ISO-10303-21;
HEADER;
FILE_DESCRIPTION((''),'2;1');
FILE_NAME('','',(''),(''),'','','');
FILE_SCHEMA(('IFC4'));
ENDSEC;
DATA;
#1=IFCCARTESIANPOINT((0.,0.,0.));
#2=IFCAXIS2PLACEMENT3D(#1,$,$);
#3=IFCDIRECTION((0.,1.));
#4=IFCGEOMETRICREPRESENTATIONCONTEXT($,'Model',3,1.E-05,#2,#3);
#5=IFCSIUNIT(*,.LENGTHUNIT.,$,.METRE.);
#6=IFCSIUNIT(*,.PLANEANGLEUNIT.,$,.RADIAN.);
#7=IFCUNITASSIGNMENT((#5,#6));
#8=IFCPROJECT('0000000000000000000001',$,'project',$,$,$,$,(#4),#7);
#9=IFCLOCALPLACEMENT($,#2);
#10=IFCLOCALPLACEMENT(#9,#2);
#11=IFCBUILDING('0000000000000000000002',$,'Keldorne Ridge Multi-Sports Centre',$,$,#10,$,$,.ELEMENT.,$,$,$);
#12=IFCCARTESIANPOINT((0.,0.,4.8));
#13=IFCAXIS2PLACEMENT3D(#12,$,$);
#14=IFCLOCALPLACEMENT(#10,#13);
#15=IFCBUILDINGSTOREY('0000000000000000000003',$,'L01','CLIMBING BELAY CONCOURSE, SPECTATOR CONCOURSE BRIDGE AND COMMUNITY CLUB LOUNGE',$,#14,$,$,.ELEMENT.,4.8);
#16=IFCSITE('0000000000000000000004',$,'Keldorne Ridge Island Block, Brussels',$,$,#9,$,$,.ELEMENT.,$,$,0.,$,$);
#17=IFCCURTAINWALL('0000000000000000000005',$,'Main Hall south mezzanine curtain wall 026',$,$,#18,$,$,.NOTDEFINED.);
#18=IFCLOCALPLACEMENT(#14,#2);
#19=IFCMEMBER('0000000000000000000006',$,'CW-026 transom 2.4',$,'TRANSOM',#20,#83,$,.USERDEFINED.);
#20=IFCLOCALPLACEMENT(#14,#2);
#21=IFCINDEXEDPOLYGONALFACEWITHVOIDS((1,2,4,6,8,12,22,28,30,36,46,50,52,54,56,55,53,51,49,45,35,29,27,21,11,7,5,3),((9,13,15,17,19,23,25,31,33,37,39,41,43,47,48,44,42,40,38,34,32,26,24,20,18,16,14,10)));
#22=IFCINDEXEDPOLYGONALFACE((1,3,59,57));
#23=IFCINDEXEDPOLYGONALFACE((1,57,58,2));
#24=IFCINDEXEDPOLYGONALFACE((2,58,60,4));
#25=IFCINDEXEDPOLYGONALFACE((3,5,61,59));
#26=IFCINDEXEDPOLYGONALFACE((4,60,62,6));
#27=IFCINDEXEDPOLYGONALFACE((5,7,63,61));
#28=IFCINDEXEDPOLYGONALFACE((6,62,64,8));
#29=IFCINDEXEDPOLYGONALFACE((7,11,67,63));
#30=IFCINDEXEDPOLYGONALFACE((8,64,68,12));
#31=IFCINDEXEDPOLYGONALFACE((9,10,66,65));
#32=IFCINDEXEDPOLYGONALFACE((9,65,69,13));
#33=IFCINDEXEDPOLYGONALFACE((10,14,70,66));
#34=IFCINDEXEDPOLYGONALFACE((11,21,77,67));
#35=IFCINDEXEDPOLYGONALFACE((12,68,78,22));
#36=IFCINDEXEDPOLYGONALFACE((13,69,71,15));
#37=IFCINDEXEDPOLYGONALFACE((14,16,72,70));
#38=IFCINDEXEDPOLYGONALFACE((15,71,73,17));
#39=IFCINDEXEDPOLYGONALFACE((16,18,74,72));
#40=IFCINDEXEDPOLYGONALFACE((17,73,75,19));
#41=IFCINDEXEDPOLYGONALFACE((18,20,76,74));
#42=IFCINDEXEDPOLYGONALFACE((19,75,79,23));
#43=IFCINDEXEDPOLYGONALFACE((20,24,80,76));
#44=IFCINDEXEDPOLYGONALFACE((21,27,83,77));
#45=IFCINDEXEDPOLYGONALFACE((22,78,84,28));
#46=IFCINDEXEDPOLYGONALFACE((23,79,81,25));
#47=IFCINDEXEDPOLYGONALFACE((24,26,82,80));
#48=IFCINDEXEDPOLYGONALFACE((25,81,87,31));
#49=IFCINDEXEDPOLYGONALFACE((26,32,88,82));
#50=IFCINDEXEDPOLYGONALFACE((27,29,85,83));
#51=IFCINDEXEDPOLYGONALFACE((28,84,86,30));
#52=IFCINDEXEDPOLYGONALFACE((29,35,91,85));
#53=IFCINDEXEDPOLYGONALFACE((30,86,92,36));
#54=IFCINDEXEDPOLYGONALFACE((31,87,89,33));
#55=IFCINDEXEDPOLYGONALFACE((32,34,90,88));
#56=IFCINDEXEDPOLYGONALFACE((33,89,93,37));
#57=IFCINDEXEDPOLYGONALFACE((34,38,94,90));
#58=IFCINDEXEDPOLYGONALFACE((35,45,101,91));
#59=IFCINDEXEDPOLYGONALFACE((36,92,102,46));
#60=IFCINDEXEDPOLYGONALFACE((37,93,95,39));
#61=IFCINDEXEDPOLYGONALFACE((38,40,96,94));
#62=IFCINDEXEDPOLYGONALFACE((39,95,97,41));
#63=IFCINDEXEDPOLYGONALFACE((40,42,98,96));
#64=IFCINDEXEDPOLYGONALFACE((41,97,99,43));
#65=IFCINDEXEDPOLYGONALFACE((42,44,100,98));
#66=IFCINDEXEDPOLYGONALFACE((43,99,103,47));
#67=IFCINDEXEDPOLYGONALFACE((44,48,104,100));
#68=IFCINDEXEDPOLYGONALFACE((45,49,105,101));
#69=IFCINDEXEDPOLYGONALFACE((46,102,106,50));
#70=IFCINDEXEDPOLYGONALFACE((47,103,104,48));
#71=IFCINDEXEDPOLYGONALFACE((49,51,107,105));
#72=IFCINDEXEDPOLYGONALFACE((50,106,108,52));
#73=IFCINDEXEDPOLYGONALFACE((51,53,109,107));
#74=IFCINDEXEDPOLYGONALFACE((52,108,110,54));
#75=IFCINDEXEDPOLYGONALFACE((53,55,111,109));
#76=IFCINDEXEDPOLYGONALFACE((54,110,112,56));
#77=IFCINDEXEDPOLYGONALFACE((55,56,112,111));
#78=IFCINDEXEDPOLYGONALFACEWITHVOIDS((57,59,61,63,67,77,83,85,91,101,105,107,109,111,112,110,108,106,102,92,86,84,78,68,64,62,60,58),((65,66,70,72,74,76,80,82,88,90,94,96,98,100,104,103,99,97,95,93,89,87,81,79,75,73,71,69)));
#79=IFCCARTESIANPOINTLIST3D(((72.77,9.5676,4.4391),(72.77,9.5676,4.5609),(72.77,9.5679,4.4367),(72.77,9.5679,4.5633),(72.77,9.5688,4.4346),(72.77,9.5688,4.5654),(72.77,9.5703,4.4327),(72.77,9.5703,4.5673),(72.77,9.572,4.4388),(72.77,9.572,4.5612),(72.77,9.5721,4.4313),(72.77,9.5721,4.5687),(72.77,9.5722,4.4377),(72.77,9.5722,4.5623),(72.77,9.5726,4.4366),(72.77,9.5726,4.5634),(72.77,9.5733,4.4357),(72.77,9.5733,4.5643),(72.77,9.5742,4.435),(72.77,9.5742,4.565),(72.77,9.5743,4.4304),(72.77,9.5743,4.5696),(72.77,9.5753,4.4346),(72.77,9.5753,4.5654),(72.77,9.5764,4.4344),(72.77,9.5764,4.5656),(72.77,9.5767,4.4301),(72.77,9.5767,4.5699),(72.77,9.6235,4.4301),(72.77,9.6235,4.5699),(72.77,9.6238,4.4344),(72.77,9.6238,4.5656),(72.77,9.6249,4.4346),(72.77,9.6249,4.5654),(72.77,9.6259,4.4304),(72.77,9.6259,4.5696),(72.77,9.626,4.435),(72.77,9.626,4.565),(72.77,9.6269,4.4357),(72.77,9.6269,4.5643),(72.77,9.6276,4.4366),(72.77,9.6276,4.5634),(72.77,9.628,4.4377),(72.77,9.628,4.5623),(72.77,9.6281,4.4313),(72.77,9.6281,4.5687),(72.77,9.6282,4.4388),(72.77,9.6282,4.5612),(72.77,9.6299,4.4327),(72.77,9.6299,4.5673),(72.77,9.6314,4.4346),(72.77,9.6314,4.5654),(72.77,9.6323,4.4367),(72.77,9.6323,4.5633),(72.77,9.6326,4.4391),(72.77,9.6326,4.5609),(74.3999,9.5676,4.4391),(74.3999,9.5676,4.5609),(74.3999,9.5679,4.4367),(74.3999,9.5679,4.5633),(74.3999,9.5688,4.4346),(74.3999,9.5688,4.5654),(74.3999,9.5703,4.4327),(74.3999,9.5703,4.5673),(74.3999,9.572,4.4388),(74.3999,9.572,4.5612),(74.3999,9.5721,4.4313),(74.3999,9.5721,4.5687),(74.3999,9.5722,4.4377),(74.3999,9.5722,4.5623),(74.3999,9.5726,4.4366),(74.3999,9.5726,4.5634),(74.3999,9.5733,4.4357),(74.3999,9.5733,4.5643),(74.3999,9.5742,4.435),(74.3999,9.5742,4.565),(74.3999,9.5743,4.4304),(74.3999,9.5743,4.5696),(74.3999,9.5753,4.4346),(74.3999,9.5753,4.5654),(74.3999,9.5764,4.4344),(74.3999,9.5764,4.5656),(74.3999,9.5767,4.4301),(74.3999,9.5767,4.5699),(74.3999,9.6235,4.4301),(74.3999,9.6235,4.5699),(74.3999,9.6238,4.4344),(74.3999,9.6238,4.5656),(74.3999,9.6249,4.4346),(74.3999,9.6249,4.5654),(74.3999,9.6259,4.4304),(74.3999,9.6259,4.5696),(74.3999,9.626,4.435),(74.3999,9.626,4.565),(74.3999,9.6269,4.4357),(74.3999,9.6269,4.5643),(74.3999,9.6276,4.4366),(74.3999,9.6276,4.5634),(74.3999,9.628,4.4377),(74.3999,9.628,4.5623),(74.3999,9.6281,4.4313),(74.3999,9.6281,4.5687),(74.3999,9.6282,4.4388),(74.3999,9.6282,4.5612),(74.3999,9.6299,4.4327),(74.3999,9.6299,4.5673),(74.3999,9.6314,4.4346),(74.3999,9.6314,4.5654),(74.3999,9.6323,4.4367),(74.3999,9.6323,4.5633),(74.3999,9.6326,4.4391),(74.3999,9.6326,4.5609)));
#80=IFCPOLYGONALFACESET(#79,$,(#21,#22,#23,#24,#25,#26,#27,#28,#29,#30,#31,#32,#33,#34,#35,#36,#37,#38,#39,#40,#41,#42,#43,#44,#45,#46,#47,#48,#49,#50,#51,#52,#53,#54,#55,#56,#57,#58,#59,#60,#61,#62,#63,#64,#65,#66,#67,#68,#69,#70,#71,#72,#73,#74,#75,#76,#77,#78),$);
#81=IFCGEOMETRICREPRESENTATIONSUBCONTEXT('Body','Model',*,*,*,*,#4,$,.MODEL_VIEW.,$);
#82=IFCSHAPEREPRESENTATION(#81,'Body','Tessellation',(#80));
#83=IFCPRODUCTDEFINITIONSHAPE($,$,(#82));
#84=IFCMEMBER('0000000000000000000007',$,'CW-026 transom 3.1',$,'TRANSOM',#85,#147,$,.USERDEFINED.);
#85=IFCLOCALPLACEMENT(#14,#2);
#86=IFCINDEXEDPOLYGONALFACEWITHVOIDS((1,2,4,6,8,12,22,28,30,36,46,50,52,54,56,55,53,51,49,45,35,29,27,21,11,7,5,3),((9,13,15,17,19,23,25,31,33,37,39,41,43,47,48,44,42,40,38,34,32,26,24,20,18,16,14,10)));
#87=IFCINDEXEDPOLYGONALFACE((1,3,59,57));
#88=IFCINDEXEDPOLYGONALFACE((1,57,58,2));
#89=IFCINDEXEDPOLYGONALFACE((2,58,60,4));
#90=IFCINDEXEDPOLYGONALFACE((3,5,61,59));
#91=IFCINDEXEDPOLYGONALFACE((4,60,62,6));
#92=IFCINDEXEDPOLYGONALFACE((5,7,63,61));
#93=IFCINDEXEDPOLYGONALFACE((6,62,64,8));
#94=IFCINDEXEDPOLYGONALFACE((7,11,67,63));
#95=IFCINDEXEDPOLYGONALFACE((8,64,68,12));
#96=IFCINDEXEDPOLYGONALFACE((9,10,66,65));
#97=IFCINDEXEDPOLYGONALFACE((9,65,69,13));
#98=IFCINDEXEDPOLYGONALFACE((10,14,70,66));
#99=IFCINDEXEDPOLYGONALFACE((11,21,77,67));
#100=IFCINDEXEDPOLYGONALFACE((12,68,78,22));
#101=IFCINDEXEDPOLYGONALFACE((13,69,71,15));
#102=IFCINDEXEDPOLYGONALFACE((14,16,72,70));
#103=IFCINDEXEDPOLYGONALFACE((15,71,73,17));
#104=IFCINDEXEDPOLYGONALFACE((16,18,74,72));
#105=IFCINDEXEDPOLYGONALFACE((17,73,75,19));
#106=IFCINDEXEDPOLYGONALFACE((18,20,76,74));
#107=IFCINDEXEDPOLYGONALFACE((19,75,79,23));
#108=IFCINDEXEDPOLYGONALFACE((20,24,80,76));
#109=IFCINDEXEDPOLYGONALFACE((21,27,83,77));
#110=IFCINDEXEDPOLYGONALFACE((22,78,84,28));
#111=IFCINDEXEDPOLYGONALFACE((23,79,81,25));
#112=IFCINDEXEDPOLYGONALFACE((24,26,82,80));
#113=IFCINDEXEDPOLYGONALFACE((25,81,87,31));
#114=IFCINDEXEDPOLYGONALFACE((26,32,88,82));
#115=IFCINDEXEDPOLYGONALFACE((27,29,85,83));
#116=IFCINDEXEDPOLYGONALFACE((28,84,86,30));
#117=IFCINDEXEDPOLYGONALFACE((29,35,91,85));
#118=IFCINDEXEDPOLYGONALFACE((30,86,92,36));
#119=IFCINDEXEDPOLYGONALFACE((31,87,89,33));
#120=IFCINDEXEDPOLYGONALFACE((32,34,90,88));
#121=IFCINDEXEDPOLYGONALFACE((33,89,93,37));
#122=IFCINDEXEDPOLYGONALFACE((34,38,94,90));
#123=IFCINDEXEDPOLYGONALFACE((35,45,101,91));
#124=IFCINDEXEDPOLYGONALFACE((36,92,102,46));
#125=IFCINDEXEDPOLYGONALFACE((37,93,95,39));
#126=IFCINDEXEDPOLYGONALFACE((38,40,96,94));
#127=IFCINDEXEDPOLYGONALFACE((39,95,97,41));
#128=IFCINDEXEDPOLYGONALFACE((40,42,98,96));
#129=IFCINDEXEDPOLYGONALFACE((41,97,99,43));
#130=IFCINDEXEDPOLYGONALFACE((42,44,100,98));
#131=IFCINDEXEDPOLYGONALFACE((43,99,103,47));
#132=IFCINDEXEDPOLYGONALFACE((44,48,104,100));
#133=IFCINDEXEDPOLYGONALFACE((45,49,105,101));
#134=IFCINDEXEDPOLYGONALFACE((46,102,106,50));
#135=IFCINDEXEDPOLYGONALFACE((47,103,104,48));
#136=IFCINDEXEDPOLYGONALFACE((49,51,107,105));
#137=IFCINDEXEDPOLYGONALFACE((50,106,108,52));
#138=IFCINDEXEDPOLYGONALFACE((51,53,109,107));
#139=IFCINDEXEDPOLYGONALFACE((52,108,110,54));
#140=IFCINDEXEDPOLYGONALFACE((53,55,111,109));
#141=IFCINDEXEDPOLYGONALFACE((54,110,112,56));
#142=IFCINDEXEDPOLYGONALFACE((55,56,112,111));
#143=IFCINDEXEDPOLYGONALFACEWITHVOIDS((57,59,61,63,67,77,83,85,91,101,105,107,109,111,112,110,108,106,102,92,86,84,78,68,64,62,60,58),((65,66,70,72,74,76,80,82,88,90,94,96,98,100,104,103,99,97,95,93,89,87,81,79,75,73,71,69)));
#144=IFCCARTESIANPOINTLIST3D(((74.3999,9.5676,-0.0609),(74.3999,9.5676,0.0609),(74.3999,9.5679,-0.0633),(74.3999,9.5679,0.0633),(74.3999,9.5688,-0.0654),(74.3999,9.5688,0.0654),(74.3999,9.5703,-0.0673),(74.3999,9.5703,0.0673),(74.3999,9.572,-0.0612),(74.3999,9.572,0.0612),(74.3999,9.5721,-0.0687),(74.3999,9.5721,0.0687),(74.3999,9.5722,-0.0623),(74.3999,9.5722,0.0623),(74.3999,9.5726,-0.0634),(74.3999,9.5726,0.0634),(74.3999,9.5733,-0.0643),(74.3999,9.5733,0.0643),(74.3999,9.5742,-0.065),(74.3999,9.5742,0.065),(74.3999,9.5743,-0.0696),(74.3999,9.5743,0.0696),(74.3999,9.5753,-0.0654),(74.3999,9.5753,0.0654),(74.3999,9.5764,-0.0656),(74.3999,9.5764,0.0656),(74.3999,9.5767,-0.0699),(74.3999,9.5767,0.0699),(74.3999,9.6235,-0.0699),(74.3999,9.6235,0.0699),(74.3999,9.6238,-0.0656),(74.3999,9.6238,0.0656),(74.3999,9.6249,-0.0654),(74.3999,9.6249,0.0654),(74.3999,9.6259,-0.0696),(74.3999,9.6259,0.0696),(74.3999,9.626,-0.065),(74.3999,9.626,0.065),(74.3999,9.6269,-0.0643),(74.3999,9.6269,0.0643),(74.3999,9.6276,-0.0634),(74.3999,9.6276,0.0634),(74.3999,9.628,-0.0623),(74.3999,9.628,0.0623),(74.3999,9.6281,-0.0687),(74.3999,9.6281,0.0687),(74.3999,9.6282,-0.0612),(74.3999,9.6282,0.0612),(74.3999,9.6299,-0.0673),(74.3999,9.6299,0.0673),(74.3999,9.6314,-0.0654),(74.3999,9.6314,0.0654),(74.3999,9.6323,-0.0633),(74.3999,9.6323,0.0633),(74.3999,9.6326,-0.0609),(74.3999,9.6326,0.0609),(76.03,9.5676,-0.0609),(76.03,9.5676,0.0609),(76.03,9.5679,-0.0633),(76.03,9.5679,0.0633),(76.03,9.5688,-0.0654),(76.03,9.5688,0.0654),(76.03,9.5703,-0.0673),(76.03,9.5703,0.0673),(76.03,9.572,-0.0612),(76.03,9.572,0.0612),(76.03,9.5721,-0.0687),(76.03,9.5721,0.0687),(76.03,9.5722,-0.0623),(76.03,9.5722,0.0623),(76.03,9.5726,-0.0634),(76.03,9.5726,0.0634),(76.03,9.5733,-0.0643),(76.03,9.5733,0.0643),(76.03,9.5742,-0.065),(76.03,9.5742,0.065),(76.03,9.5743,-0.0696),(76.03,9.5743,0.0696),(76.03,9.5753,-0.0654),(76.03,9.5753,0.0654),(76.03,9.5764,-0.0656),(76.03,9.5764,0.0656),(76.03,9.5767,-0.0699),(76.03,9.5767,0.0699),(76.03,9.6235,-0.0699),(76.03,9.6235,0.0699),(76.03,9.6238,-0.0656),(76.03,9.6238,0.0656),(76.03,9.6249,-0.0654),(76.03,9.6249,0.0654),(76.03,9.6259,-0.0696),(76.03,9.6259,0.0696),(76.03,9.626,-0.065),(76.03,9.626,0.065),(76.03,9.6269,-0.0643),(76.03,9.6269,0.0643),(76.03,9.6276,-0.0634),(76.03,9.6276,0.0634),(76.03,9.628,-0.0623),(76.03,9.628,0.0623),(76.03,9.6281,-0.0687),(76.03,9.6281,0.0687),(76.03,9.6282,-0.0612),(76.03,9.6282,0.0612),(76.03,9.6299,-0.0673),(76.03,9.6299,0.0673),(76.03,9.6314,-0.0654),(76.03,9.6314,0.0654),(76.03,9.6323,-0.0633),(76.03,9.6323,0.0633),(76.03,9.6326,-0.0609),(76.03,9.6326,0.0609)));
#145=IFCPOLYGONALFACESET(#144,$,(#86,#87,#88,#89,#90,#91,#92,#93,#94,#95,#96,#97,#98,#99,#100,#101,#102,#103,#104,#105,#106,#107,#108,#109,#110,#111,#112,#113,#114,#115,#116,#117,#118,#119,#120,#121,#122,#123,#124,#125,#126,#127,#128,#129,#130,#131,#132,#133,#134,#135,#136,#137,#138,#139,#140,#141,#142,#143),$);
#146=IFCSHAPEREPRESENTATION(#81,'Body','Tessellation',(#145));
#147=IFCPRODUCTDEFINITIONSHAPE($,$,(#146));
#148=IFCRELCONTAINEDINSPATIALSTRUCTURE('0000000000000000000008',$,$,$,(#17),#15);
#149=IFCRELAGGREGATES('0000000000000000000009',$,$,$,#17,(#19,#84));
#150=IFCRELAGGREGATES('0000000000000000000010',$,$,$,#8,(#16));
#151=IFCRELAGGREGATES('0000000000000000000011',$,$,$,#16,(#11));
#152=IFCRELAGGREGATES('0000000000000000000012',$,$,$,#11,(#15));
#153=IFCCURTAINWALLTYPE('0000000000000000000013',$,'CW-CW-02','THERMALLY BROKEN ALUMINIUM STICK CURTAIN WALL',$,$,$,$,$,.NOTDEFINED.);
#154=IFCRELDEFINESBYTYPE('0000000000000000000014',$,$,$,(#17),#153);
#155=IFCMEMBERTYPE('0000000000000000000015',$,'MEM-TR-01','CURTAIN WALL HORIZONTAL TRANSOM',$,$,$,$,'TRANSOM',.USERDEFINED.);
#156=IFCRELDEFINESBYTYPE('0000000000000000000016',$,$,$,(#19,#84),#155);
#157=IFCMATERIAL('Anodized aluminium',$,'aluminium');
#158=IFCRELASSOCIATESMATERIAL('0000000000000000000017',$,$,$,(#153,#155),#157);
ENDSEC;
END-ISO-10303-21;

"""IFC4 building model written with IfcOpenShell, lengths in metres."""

from ifc_helpers import new_model, si_unit, direction, frame, origin, origin_2d, place, context, subcontext, project, spatial, hollow_rectangle, extrude, material, material_profile, profile_set, type_object, element, aggregate, save


model = new_model("IFC4")

# Units and contexts
model_context = context("Model", 3, precision=1e-05, world=origin(), true_north=direction((0.0, 1.0)))
body_context = subcontext(model_context, "Body", "Model", "MODEL_VIEW")
ifc_project = project(units=[si_unit("LENGTHUNIT", "METRE"), si_unit("PLANEANGLEUNIT", "RADIAN")], contexts=[model_context])

# Site, building, storey
site_placement = place(None, origin())
site = spatial("IfcSite", under=ifc_project, at=site_placement, Name="Keldorne Ridge Island Block, Brussels", CompositionType="ELEMENT", RefElevation=0.0)
building_placement = place(site_placement, origin())
building = spatial("IfcBuilding", under=site, at=building_placement, Name="Keldorne Ridge Multi-Sports Centre", CompositionType="ELEMENT")
storey_placement = place(building_placement, frame((0.0, 0.0, 4.8)))
storey = spatial("IfcBuildingStorey", under=building, at=storey_placement, Name="L01", Description="CLIMBING BELAY CONCOURSE, SPECTATOR CONCOURSE BRIDGE AND COMMUNITY CLUB LOUNGE", CompositionType="ELEMENT", Elevation=4.8)

# Curtain wall, members
ifc_material_1 = material(Name="Anodized aluminium", Category="aluminium")
curtain_wall_type = type_object("IfcCurtainWallType", Name="CW-CW-02", Description="THERMALLY BROKEN ALUMINIUM STICK CURTAIN WALL", PredefinedType="NOTDEFINED", material=ifc_material_1)
curtain_wall_placement = place(storey_placement, origin())
curtain_wall = element("IfcCurtainWall", 1, at=curtain_wall_placement, inside=storey, type_object=curtain_wall_type, Name="Main Hall south mezzanine curtain wall 026", PredefinedType="NOTDEFINED")
ifc_material_profile_1 = material_profile(ifc_material_1, hollow_rectangle(XDim=0.0649, YDim=0.1399, WallThickness=0.0044, InnerFilletRadius=0.0044, OuterFilletRadius=0.009, at=origin_2d()), Name="ALU TRANSOM 140x65x4.5")
ifc_profile_set_1 = profile_set([ifc_material_profile_1], Name="Anodized aluminium")
member_type_1 = type_object("IfcMemberType", Name="MEM-TR-01", Description="CURTAIN WALL HORIZONTAL TRANSOM", ElementType="TRANSOM", PredefinedType="USERDEFINED", material=ifc_profile_set_1)
member_1_placement = place(storey_placement, frame((72.77, 9.6001, 4.5), z_axis=(1.0, 0.0, 0.0), x_axis=(0.0, 1.0, 0.0)))
member_1 = element("IfcMember", 2, at=member_1_placement, type_object=member_type_1, Name="CW-026 transom 2.4", ObjectType="TRANSOM", PredefinedType="USERDEFINED", context=body_context, shape_type="SweptSolid", body=[
    extrude(hollow_rectangle(XDim=0.0649, YDim=0.1399, WallThickness=0.0044, InnerFilletRadius=0.0044, OuterFilletRadius=0.009, at=origin_2d()), origin(), (0.0, 0.0, 1.0), 1.6299),
])
member_2_placement = place(storey_placement, frame((74.3999, 9.6001, 0.0), z_axis=(1.0, 0.0, 0.0), x_axis=(0.0, 1.0, 0.0)))
member_2 = element("IfcMember", 3, at=member_2_placement, type_object=member_type_1, Name="CW-026 transom 3.1", ObjectType="TRANSOM", PredefinedType="USERDEFINED", context=body_context, shape_type="SweptSolid", body=[
    extrude(hollow_rectangle(XDim=0.0649, YDim=0.1399, WallThickness=0.0044, InnerFilletRadius=0.0044, OuterFilletRadius=0.009, at=origin_2d()), origin(), (0.0, 0.0, 1.0), 1.6301),
])
aggregate(curtain_wall, [member_1, member_2])

save(model, "model.ifc")
